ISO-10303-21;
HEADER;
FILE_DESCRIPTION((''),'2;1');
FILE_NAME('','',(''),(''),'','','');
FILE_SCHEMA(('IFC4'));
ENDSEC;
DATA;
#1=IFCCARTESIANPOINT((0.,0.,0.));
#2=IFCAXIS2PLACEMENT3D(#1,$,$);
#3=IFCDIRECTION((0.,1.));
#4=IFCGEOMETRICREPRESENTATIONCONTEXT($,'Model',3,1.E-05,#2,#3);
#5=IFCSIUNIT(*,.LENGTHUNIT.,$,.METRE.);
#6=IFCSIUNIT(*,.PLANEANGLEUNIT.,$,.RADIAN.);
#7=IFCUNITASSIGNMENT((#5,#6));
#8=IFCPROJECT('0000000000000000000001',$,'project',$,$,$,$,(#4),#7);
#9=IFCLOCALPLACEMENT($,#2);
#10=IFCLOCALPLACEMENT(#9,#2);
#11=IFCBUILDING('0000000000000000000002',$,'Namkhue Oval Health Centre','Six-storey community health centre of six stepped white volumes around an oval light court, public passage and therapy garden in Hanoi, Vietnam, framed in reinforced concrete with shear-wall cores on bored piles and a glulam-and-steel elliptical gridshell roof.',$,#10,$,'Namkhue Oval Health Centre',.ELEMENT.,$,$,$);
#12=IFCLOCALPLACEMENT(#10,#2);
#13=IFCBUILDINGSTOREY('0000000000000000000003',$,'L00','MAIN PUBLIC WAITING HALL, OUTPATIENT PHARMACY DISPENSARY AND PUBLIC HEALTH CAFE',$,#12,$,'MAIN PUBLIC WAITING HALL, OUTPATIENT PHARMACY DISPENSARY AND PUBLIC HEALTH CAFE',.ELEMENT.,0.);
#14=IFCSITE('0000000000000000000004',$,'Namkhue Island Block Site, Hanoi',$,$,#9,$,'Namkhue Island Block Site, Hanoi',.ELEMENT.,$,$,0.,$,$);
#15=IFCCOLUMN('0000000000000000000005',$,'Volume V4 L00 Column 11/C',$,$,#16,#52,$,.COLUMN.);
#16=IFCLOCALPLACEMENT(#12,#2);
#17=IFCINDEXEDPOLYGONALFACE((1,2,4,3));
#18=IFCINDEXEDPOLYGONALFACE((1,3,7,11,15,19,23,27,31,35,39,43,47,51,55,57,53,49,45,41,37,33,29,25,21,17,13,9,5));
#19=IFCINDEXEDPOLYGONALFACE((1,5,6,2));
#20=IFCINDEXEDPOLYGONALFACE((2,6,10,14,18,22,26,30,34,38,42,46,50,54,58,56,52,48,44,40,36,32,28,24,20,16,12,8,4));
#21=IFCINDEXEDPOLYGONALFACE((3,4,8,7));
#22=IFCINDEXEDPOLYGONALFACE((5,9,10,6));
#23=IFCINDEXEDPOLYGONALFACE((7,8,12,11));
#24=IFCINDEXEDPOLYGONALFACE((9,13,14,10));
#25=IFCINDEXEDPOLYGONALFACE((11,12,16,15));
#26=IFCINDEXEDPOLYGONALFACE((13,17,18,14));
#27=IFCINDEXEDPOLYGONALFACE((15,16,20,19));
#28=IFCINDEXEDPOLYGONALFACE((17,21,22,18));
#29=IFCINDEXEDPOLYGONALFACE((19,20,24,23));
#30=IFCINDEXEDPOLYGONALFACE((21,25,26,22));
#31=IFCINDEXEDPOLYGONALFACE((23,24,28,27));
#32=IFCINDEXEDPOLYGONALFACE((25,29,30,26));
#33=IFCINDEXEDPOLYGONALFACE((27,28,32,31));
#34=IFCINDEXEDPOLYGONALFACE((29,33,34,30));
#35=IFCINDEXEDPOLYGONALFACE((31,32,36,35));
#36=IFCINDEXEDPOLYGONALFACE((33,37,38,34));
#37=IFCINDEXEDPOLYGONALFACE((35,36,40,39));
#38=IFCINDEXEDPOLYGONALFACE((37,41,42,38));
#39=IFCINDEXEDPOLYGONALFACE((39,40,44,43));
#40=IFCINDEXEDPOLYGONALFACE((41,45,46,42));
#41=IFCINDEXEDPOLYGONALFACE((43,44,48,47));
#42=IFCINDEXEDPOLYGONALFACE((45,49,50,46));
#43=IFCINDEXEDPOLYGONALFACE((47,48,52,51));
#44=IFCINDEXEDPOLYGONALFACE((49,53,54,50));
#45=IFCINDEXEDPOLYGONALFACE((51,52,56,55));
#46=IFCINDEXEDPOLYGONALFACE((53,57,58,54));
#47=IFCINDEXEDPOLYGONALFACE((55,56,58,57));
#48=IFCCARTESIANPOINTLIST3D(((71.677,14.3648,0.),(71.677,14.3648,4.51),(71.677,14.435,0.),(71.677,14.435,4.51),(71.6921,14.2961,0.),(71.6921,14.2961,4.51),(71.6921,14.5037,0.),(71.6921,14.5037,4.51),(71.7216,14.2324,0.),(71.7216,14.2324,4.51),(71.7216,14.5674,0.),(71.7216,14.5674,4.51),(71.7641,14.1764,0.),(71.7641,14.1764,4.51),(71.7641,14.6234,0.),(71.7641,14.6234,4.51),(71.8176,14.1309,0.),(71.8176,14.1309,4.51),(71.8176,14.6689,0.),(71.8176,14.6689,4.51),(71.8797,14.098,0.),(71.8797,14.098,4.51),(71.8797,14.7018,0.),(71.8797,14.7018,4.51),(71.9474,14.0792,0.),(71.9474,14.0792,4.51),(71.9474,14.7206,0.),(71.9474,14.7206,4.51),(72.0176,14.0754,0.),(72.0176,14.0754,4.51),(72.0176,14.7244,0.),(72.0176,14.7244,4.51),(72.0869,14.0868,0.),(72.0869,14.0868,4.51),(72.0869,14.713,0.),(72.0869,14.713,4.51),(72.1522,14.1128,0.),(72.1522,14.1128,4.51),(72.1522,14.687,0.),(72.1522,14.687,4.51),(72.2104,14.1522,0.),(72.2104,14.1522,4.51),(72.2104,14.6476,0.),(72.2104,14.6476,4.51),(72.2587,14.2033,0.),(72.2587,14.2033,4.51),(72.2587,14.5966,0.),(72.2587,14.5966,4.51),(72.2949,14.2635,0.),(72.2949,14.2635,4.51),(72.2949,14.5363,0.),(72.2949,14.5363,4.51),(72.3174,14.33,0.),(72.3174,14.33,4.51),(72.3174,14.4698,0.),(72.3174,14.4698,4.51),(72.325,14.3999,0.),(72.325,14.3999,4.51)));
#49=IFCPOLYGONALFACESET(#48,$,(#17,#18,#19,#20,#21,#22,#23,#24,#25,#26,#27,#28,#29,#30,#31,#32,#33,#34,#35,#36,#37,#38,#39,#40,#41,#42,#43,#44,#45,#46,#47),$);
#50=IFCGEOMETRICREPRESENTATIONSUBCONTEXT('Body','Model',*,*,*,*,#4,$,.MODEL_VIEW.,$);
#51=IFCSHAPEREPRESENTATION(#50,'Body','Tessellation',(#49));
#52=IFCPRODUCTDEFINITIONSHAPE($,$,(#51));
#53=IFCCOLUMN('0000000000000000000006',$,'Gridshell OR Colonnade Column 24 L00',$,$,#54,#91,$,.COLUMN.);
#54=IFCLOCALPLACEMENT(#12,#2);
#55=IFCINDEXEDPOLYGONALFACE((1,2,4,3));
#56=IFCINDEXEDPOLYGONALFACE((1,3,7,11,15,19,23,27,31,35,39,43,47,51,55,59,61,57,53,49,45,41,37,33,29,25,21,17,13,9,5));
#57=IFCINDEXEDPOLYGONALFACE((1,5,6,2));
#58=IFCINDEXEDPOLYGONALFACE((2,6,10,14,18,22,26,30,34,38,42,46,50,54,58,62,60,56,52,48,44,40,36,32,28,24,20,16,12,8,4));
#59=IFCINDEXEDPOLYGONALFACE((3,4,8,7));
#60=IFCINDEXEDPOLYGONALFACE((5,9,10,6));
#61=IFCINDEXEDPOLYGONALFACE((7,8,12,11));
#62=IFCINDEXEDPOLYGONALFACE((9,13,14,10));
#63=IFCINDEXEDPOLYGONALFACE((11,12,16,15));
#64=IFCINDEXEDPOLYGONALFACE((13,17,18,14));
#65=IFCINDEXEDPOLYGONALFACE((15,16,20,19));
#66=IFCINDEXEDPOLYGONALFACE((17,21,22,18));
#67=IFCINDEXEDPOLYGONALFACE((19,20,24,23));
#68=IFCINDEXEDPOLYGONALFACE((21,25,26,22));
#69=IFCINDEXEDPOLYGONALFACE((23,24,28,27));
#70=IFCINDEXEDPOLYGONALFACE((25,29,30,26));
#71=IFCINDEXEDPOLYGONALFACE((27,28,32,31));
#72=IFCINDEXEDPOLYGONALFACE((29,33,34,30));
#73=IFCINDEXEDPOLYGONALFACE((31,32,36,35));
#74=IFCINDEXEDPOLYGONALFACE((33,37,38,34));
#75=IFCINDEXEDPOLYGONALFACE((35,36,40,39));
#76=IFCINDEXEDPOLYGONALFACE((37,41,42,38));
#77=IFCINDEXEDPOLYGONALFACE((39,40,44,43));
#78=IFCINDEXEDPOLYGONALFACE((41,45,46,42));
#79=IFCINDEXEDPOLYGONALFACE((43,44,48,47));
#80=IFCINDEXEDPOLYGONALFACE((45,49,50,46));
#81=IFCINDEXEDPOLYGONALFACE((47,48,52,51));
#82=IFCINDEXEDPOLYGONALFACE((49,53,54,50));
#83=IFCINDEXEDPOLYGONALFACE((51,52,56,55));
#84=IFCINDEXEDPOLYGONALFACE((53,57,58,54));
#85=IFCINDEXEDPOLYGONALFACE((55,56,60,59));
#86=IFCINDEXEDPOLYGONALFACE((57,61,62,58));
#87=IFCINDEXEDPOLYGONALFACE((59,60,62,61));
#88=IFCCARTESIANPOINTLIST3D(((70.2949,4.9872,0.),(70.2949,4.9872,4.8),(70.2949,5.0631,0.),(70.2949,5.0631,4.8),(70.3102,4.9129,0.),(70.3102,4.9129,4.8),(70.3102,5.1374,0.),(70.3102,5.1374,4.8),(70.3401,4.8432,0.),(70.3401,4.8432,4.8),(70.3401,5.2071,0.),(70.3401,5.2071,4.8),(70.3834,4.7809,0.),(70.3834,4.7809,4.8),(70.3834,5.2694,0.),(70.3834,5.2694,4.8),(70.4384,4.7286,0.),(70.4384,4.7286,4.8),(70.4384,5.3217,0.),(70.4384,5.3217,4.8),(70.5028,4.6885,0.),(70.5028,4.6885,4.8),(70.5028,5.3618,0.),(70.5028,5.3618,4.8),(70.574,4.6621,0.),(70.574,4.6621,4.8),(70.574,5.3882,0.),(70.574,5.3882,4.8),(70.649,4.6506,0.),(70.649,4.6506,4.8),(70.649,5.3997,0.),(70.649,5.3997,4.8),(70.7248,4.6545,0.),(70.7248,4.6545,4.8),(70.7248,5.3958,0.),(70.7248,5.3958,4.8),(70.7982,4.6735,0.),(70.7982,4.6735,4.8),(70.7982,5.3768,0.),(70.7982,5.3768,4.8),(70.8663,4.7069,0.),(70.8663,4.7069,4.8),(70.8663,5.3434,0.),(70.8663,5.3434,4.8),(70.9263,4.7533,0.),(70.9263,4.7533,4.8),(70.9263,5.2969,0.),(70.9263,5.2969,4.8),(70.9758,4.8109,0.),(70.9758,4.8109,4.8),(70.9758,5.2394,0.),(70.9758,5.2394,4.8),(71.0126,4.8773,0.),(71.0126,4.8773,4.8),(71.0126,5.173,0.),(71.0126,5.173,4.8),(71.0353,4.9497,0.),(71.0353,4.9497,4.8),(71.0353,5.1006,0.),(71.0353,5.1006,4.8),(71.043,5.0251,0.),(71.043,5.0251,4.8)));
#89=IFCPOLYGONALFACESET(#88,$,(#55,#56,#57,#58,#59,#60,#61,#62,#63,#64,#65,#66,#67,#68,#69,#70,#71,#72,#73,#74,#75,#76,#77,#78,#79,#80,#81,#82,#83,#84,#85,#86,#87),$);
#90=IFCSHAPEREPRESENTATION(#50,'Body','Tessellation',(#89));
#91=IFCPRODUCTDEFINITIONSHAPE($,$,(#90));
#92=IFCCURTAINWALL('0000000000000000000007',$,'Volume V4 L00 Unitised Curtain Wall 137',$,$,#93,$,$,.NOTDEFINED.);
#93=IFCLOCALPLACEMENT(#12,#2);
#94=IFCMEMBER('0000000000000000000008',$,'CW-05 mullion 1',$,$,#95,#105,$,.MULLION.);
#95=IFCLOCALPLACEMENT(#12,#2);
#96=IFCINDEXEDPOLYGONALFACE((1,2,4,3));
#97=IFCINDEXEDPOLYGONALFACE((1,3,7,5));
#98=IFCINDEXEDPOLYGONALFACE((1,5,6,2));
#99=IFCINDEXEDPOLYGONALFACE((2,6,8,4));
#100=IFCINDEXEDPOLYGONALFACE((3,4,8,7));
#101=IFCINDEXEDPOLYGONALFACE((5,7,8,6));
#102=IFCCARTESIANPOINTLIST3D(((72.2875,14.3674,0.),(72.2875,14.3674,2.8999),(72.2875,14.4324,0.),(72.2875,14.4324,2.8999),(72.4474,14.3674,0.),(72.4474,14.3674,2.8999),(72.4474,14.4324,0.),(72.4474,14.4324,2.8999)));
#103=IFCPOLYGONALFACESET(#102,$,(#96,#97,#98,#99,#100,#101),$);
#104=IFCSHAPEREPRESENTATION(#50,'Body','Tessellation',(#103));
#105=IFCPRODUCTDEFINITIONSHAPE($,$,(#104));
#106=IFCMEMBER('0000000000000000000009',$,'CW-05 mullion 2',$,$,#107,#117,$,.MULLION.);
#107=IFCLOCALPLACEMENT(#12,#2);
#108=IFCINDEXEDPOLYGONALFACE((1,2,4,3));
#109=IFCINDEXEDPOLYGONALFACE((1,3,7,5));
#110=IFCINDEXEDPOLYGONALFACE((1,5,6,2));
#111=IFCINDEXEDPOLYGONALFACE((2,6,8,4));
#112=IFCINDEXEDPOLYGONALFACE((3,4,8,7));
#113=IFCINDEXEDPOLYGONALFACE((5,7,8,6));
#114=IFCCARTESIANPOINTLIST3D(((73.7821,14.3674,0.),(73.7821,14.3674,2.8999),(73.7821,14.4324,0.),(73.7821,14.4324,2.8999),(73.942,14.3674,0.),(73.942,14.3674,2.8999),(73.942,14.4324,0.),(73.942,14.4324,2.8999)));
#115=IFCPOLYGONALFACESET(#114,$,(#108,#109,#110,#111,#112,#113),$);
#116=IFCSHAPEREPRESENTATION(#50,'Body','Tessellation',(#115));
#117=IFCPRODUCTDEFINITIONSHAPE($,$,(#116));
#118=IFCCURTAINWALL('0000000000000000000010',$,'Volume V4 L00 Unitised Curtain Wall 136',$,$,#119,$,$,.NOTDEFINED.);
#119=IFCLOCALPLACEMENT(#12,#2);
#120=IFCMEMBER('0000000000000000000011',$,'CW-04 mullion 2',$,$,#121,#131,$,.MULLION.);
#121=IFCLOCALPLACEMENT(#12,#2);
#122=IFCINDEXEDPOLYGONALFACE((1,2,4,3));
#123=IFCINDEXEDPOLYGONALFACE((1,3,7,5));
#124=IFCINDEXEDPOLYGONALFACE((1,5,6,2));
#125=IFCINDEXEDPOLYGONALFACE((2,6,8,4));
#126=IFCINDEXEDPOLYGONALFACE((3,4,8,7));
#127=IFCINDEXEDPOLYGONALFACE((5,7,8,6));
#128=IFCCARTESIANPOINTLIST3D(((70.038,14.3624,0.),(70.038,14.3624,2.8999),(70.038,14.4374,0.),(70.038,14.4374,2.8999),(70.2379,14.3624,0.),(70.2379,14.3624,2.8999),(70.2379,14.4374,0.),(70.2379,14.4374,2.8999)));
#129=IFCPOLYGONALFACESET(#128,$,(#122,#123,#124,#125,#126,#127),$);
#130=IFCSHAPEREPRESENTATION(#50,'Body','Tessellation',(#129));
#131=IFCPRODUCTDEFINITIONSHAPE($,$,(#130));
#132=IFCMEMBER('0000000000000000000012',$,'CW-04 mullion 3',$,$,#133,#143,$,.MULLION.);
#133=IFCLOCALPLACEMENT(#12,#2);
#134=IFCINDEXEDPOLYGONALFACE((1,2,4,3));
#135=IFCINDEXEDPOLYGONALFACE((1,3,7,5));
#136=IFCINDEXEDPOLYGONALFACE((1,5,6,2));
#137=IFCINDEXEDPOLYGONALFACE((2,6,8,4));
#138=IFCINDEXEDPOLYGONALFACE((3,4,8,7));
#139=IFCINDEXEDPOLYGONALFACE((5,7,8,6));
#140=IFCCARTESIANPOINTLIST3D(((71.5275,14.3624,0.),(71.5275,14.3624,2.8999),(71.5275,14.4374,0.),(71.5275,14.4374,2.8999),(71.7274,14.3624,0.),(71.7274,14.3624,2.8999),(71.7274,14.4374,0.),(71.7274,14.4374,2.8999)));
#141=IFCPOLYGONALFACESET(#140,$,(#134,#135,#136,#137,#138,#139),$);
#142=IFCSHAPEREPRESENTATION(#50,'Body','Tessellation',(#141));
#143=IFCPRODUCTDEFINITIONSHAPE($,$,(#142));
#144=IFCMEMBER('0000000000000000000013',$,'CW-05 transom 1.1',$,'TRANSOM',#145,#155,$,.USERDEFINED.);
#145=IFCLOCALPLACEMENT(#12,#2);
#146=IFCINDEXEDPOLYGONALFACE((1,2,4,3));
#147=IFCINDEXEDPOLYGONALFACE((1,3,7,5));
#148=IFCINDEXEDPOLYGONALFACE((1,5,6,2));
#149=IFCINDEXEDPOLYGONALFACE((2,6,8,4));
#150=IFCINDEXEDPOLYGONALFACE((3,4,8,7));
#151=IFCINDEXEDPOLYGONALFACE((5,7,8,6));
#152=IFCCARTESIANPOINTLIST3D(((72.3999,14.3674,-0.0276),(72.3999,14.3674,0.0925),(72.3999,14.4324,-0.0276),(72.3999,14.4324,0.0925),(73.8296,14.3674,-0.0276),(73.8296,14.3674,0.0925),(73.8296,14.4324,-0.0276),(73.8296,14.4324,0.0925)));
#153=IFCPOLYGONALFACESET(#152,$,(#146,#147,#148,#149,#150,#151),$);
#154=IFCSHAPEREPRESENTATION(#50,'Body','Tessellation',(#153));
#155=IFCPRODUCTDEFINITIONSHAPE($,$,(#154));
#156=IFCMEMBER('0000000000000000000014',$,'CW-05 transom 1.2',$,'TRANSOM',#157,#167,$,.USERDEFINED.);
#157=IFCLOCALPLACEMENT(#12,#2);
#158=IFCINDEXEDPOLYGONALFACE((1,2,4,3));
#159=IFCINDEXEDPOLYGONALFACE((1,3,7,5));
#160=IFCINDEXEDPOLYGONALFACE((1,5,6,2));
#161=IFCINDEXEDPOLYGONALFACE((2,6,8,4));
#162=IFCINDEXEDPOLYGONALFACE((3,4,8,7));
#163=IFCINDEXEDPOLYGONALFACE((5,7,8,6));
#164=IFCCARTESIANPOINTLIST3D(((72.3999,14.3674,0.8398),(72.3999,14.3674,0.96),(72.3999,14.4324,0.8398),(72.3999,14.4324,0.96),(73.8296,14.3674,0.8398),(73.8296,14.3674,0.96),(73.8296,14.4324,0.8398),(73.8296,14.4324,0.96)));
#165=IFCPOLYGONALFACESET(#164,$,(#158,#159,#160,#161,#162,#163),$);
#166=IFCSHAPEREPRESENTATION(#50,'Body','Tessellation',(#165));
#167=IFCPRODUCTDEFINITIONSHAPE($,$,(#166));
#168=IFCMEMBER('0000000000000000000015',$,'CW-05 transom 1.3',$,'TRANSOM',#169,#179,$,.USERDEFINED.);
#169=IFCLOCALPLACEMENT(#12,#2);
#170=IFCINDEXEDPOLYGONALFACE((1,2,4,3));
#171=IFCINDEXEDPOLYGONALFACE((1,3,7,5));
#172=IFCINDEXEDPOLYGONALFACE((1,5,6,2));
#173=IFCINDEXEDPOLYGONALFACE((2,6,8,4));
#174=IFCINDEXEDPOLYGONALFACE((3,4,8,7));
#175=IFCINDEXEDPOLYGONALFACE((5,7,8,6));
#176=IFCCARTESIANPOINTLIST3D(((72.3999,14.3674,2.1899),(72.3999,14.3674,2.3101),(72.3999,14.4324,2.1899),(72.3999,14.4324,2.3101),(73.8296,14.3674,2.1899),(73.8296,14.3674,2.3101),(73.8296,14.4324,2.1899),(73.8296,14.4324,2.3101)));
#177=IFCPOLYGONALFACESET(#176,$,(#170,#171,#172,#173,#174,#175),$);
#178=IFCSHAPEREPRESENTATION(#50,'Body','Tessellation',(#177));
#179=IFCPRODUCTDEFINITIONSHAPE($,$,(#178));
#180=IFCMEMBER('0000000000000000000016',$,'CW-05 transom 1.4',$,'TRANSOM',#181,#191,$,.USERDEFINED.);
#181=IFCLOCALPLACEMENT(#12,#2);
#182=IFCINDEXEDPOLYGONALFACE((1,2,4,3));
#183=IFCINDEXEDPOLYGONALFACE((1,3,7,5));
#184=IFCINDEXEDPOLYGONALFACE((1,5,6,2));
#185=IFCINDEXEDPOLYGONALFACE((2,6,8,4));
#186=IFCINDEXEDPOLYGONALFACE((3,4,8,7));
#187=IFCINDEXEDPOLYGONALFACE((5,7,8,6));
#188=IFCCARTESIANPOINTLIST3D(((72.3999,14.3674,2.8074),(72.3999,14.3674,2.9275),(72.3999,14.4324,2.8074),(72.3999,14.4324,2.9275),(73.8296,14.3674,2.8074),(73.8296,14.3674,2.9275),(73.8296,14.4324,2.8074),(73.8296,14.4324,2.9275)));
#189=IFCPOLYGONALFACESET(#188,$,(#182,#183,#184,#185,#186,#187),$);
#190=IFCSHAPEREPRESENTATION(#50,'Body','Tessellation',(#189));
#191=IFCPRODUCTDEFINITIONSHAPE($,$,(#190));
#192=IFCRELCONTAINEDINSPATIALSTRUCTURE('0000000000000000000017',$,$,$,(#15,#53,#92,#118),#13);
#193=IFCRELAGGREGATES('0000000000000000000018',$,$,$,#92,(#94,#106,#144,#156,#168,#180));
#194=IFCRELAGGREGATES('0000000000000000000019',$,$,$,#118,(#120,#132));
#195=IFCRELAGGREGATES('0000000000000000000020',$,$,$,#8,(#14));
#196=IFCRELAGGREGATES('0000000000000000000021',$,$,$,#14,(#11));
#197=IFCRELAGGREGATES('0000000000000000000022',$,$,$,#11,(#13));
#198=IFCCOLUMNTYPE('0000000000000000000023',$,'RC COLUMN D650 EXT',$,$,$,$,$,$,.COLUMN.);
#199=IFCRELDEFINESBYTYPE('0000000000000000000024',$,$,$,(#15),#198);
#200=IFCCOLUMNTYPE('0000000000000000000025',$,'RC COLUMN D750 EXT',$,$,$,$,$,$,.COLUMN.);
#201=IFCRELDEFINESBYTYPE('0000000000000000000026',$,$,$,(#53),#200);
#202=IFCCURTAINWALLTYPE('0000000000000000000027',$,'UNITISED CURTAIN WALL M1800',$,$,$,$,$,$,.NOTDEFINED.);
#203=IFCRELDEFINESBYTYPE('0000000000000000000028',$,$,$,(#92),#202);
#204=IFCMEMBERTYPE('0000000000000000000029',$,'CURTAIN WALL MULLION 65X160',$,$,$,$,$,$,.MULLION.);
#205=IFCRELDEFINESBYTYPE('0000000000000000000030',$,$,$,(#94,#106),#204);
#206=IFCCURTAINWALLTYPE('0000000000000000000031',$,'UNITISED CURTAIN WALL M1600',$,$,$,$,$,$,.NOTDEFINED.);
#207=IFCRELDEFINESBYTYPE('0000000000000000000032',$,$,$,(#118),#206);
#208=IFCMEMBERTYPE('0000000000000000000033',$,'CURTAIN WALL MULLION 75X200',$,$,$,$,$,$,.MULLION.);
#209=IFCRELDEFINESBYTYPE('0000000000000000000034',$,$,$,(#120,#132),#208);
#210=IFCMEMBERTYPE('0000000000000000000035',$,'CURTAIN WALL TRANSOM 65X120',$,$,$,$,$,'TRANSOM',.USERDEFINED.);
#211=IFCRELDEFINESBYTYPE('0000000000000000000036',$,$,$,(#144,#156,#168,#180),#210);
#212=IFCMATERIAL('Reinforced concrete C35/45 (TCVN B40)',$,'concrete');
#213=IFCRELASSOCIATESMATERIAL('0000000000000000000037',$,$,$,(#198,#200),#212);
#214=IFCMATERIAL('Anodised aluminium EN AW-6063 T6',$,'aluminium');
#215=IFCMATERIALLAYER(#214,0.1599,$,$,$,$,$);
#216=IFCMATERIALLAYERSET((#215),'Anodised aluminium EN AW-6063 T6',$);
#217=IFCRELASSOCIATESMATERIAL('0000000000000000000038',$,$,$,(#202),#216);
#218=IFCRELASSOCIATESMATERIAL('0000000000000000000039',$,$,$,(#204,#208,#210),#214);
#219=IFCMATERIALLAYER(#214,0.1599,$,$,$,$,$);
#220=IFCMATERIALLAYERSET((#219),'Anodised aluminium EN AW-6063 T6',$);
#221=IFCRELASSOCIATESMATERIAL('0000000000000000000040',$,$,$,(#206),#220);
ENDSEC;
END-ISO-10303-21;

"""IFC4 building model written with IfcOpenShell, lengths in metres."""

from ifc_helpers import new_model, si_unit, direction, frame, origin, origin_2d, place, context, subcontext, project, spatial, rectangle, circle, extrude, material, layer, layer_set, material_profile, profile_set, type_object, element, aggregate, save


model = new_model("IFC4")

# Units and contexts
model_context = context("Model", 3, precision=1e-05, world=origin(), true_north=direction((0.0, 1.0)))
body_context = subcontext(model_context, "Body", "Model", "MODEL_VIEW")
ifc_project = project(units=[si_unit("LENGTHUNIT", "METRE"), si_unit("PLANEANGLEUNIT", "RADIAN")], contexts=[model_context])

# Site, building, storey
site_placement = place(None, origin())
site = spatial("IfcSite", under=ifc_project, at=site_placement, Name="Namkhue Island Block Site, Hanoi", LongName="Namkhue Island Block Site, Hanoi", CompositionType="ELEMENT", RefElevation=0.0)
building_placement = place(site_placement, origin())
building = spatial("IfcBuilding", under=site, at=building_placement, Name="Namkhue Oval Health Centre", Description="Six-storey community health centre of six stepped white volumes around an oval light court, public passage and therapy garden in Hanoi, Vietnam, framed in reinforced concrete with shear-wall cores on bored piles and a glulam-and-steel elliptical gridshell roof.", LongName="Namkhue Oval Health Centre", CompositionType="ELEMENT")
storey_placement = place(building_placement, origin())
storey = spatial("IfcBuildingStorey", under=building, at=storey_placement, Name="L00", Description="MAIN PUBLIC WAITING HALL, OUTPATIENT PHARMACY DISPENSARY AND PUBLIC HEALTH CAFE", LongName="MAIN PUBLIC WAITING HALL, OUTPATIENT PHARMACY DISPENSARY AND PUBLIC HEALTH CAFE", CompositionType="ELEMENT", Elevation=0.0)

# Columns
ifc_material_1 = material(Name="Reinforced concrete C35/45 (TCVN B40)", Category="concrete")
ifc_material_profile_1 = material_profile(ifc_material_1, circle(Radius=0.325, at=origin_2d()), Name="RC D650")
ifc_profile_set_1 = profile_set([ifc_material_profile_1], Name="Reinforced concrete C35/45 (TCVN B40)")
column_type_1 = type_object("IfcColumnType", Name="RC COLUMN D650 EXT", PredefinedType="COLUMN", material=ifc_profile_set_1)
column_1_placement = place(storey_placement, frame((72.0, 14.3999, 0.0), z_axis=(0.0, 0.0, 1.0), x_axis=(1.0, 0.0, 0.0)))
element("IfcColumn", 1, at=column_1_placement, inside=storey, type_object=column_type_1, Name="Volume V4 L00 Column 11/C", PredefinedType="COLUMN", context=body_context, shape_type="SweptSolid", body=[
    extrude(circle(Radius=0.325, at=origin_2d()), origin(), (0.0, 0.0, 1.0), 4.51),
])
ifc_material_profile_2 = material_profile(ifc_material_1, circle(Radius=0.375, at=origin_2d()), Name="RC D750")
ifc_profile_set_2 = profile_set([ifc_material_profile_2], Name="Reinforced concrete C35/45 (TCVN B40)")
column_type_2 = type_object("IfcColumnType", Name="RC COLUMN D750 EXT", PredefinedType="COLUMN", material=ifc_profile_set_2)
column_2_placement = place(storey_placement, frame((70.668, 5.0251, 0.0), z_axis=(0.0, 0.0, 1.0), x_axis=(1.0, 0.0, 0.0)))
element("IfcColumn", 2, at=column_2_placement, inside=storey, type_object=column_type_2, Name="Gridshell OR Colonnade Column 24 L00", PredefinedType="COLUMN", context=body_context, shape_type="SweptSolid", body=[
    extrude(circle(Radius=0.375, at=origin_2d()), origin(), (0.0, 0.0, 1.0), 4.8),
])

# Curtain walls, members
ifc_material_2 = material(Name="Anodised aluminium EN AW-6063 T6", Category="aluminium")
ifc_layer_1 = layer(ifc_material_2, 0.1599)
ifc_layer_set_1 = layer_set([ifc_layer_1], Name="Anodised aluminium EN AW-6063 T6")
curtain_wall_type_1 = type_object("IfcCurtainWallType", Name="UNITISED CURTAIN WALL M1800", PredefinedType="NOTDEFINED", material=ifc_layer_set_1)
curtain_wall_1_placement = place(storey_placement, origin())
curtain_wall_1 = element("IfcCurtainWall", 3, at=curtain_wall_1_placement, inside=storey, type_object=curtain_wall_type_1, Name="Volume V4 L00 Unitised Curtain Wall 137", PredefinedType="NOTDEFINED")
ifc_material_profile_3 = material_profile(ifc_material_2, rectangle(XDim=0.0649, YDim=0.1599, at=origin_2d()), Name="ALU 65x160")
ifc_profile_set_3 = profile_set([ifc_material_profile_3], Name="Anodised aluminium EN AW-6063 T6")
member_type_1 = type_object("IfcMemberType", Name="CURTAIN WALL MULLION 65X160", PredefinedType="MULLION", material=ifc_profile_set_3)
member_1_placement = place(storey_placement, frame((72.3674, 14.3999, 0.0), z_axis=(0.0, 0.0, 1.0), x_axis=(0.0, 1.0, 0.0)))
member_1 = element("IfcMember", 4, at=member_1_placement, type_object=member_type_1, Name="CW-05 mullion 1", PredefinedType="MULLION", context=body_context, shape_type="SweptSolid", body=[
    extrude(rectangle(XDim=0.0649, YDim=0.1599, at=origin_2d()), origin(), (0.0, 0.0, 1.0), 2.8999),
])
member_2_placement = place(storey_placement, frame((73.8621, 14.3999, 0.0), z_axis=(0.0, 0.0, 1.0), x_axis=(0.0, 1.0, 0.0)))
member_2 = element("IfcMember", 5, at=member_2_placement, type_object=member_type_1, Name="CW-05 mullion 2", PredefinedType="MULLION", context=body_context, shape_type="SweptSolid", body=[
    extrude(rectangle(XDim=0.0649, YDim=0.1599, at=origin_2d()), origin(), (0.0, 0.0, 1.0), 2.8999),
])
ifc_layer_2 = layer(ifc_material_2, 0.1599)
ifc_layer_set_2 = layer_set([ifc_layer_2], Name="Anodised aluminium EN AW-6063 T6")
curtain_wall_type_2 = type_object("IfcCurtainWallType", Name="UNITISED CURTAIN WALL M1600", PredefinedType="NOTDEFINED", material=ifc_layer_set_2)
curtain_wall_2_placement = place(storey_placement, origin())
curtain_wall_2 = element("IfcCurtainWall", 6, at=curtain_wall_2_placement, inside=storey, type_object=curtain_wall_type_2, Name="Volume V4 L00 Unitised Curtain Wall 136", PredefinedType="NOTDEFINED")
ifc_material_profile_4 = material_profile(ifc_material_2, rectangle(XDim=0.075, YDim=0.2, at=origin_2d()), Name="ALU 75x200")
ifc_profile_set_4 = profile_set([ifc_material_profile_4], Name="Anodised aluminium EN AW-6063 T6")
member_type_2 = type_object("IfcMemberType", Name="CURTAIN WALL MULLION 75X200", PredefinedType="MULLION", material=ifc_profile_set_4)
member_3_placement = place(storey_placement, frame((70.1379, 14.3999, 0.0), z_axis=(0.0, 0.0, 1.0), x_axis=(0.0, 1.0, 0.0)))
member_3 = element("IfcMember", 7, at=member_3_placement, type_object=member_type_2, Name="CW-04 mullion 2", PredefinedType="MULLION", context=body_context, shape_type="SweptSolid", body=[
    extrude(rectangle(XDim=0.075, YDim=0.2, at=origin_2d()), origin(), (0.0, 0.0, 1.0), 2.8999),
])
member_4_placement = place(storey_placement, frame((71.6274, 14.3999, 0.0), z_axis=(0.0, 0.0, 1.0), x_axis=(0.0, 1.0, 0.0)))
member_4 = element("IfcMember", 8, at=member_4_placement, type_object=member_type_2, Name="CW-04 mullion 3", PredefinedType="MULLION", context=body_context, shape_type="SweptSolid", body=[
    extrude(rectangle(XDim=0.075, YDim=0.2, at=origin_2d()), origin(), (0.0, 0.0, 1.0), 2.8999),
])

# Members
ifc_material_profile_5 = material_profile(ifc_material_2, rectangle(XDim=0.0649, YDim=0.1201, at=origin_2d()), Name="ALU 65x120")
ifc_profile_set_5 = profile_set([ifc_material_profile_5], Name="Anodised aluminium EN AW-6063 T6")
member_type_3 = type_object("IfcMemberType", Name="CURTAIN WALL TRANSOM 65X120", ElementType="TRANSOM", PredefinedType="USERDEFINED", material=ifc_profile_set_5)
member_5_placement = place(storey_placement, frame((72.3999, 14.3999, 0.0325), z_axis=(1.0, 0.0, 0.0), x_axis=(0.0, 1.0, 0.0)))
member_5 = element("IfcMember", 9, at=member_5_placement, type_object=member_type_3, Name="CW-05 transom 1.1", ObjectType="TRANSOM", PredefinedType="USERDEFINED", context=body_context, shape_type="SweptSolid", body=[
    extrude(rectangle(XDim=0.0649, YDim=0.1201, at=origin_2d()), origin(), (0.0, 0.0, 1.0), 1.4297),
])
member_6_placement = place(storey_placement, frame((72.3999, 14.3999, 0.8999), z_axis=(1.0, 0.0, 0.0), x_axis=(0.0, 1.0, 0.0)))
member_6 = element("IfcMember", 10, at=member_6_placement, type_object=member_type_3, Name="CW-05 transom 1.2", ObjectType="TRANSOM", PredefinedType="USERDEFINED", context=body_context, shape_type="SweptSolid", body=[
    extrude(rectangle(XDim=0.0649, YDim=0.1201, at=origin_2d()), origin(), (0.0, 0.0, 1.0), 1.4297),
])
member_7_placement = place(storey_placement, frame((72.3999, 14.3999, 2.25), z_axis=(1.0, 0.0, 0.0), x_axis=(0.0, 1.0, 0.0)))
member_7 = element("IfcMember", 11, at=member_7_placement, type_object=member_type_3, Name="CW-05 transom 1.3", ObjectType="TRANSOM", PredefinedType="USERDEFINED", context=body_context, shape_type="SweptSolid", body=[
    extrude(rectangle(XDim=0.0649, YDim=0.1201, at=origin_2d()), origin(), (0.0, 0.0, 1.0), 1.4297),
])
member_8_placement = place(storey_placement, frame((72.3999, 14.3999, 2.8674), z_axis=(1.0, 0.0, 0.0), x_axis=(0.0, 1.0, 0.0)))
member_8 = element("IfcMember", 12, at=member_8_placement, type_object=member_type_3, Name="CW-05 transom 1.4", ObjectType="TRANSOM", PredefinedType="USERDEFINED", context=body_context, shape_type="SweptSolid", body=[
    extrude(rectangle(XDim=0.0649, YDim=0.1201, at=origin_2d()), origin(), (0.0, 0.0, 1.0), 1.4297),
])

aggregate(curtain_wall_1, [member_1, member_2, member_5, member_6, member_7, member_8])
aggregate(curtain_wall_2, [member_3, member_4])

save(model, "model.ifc")
